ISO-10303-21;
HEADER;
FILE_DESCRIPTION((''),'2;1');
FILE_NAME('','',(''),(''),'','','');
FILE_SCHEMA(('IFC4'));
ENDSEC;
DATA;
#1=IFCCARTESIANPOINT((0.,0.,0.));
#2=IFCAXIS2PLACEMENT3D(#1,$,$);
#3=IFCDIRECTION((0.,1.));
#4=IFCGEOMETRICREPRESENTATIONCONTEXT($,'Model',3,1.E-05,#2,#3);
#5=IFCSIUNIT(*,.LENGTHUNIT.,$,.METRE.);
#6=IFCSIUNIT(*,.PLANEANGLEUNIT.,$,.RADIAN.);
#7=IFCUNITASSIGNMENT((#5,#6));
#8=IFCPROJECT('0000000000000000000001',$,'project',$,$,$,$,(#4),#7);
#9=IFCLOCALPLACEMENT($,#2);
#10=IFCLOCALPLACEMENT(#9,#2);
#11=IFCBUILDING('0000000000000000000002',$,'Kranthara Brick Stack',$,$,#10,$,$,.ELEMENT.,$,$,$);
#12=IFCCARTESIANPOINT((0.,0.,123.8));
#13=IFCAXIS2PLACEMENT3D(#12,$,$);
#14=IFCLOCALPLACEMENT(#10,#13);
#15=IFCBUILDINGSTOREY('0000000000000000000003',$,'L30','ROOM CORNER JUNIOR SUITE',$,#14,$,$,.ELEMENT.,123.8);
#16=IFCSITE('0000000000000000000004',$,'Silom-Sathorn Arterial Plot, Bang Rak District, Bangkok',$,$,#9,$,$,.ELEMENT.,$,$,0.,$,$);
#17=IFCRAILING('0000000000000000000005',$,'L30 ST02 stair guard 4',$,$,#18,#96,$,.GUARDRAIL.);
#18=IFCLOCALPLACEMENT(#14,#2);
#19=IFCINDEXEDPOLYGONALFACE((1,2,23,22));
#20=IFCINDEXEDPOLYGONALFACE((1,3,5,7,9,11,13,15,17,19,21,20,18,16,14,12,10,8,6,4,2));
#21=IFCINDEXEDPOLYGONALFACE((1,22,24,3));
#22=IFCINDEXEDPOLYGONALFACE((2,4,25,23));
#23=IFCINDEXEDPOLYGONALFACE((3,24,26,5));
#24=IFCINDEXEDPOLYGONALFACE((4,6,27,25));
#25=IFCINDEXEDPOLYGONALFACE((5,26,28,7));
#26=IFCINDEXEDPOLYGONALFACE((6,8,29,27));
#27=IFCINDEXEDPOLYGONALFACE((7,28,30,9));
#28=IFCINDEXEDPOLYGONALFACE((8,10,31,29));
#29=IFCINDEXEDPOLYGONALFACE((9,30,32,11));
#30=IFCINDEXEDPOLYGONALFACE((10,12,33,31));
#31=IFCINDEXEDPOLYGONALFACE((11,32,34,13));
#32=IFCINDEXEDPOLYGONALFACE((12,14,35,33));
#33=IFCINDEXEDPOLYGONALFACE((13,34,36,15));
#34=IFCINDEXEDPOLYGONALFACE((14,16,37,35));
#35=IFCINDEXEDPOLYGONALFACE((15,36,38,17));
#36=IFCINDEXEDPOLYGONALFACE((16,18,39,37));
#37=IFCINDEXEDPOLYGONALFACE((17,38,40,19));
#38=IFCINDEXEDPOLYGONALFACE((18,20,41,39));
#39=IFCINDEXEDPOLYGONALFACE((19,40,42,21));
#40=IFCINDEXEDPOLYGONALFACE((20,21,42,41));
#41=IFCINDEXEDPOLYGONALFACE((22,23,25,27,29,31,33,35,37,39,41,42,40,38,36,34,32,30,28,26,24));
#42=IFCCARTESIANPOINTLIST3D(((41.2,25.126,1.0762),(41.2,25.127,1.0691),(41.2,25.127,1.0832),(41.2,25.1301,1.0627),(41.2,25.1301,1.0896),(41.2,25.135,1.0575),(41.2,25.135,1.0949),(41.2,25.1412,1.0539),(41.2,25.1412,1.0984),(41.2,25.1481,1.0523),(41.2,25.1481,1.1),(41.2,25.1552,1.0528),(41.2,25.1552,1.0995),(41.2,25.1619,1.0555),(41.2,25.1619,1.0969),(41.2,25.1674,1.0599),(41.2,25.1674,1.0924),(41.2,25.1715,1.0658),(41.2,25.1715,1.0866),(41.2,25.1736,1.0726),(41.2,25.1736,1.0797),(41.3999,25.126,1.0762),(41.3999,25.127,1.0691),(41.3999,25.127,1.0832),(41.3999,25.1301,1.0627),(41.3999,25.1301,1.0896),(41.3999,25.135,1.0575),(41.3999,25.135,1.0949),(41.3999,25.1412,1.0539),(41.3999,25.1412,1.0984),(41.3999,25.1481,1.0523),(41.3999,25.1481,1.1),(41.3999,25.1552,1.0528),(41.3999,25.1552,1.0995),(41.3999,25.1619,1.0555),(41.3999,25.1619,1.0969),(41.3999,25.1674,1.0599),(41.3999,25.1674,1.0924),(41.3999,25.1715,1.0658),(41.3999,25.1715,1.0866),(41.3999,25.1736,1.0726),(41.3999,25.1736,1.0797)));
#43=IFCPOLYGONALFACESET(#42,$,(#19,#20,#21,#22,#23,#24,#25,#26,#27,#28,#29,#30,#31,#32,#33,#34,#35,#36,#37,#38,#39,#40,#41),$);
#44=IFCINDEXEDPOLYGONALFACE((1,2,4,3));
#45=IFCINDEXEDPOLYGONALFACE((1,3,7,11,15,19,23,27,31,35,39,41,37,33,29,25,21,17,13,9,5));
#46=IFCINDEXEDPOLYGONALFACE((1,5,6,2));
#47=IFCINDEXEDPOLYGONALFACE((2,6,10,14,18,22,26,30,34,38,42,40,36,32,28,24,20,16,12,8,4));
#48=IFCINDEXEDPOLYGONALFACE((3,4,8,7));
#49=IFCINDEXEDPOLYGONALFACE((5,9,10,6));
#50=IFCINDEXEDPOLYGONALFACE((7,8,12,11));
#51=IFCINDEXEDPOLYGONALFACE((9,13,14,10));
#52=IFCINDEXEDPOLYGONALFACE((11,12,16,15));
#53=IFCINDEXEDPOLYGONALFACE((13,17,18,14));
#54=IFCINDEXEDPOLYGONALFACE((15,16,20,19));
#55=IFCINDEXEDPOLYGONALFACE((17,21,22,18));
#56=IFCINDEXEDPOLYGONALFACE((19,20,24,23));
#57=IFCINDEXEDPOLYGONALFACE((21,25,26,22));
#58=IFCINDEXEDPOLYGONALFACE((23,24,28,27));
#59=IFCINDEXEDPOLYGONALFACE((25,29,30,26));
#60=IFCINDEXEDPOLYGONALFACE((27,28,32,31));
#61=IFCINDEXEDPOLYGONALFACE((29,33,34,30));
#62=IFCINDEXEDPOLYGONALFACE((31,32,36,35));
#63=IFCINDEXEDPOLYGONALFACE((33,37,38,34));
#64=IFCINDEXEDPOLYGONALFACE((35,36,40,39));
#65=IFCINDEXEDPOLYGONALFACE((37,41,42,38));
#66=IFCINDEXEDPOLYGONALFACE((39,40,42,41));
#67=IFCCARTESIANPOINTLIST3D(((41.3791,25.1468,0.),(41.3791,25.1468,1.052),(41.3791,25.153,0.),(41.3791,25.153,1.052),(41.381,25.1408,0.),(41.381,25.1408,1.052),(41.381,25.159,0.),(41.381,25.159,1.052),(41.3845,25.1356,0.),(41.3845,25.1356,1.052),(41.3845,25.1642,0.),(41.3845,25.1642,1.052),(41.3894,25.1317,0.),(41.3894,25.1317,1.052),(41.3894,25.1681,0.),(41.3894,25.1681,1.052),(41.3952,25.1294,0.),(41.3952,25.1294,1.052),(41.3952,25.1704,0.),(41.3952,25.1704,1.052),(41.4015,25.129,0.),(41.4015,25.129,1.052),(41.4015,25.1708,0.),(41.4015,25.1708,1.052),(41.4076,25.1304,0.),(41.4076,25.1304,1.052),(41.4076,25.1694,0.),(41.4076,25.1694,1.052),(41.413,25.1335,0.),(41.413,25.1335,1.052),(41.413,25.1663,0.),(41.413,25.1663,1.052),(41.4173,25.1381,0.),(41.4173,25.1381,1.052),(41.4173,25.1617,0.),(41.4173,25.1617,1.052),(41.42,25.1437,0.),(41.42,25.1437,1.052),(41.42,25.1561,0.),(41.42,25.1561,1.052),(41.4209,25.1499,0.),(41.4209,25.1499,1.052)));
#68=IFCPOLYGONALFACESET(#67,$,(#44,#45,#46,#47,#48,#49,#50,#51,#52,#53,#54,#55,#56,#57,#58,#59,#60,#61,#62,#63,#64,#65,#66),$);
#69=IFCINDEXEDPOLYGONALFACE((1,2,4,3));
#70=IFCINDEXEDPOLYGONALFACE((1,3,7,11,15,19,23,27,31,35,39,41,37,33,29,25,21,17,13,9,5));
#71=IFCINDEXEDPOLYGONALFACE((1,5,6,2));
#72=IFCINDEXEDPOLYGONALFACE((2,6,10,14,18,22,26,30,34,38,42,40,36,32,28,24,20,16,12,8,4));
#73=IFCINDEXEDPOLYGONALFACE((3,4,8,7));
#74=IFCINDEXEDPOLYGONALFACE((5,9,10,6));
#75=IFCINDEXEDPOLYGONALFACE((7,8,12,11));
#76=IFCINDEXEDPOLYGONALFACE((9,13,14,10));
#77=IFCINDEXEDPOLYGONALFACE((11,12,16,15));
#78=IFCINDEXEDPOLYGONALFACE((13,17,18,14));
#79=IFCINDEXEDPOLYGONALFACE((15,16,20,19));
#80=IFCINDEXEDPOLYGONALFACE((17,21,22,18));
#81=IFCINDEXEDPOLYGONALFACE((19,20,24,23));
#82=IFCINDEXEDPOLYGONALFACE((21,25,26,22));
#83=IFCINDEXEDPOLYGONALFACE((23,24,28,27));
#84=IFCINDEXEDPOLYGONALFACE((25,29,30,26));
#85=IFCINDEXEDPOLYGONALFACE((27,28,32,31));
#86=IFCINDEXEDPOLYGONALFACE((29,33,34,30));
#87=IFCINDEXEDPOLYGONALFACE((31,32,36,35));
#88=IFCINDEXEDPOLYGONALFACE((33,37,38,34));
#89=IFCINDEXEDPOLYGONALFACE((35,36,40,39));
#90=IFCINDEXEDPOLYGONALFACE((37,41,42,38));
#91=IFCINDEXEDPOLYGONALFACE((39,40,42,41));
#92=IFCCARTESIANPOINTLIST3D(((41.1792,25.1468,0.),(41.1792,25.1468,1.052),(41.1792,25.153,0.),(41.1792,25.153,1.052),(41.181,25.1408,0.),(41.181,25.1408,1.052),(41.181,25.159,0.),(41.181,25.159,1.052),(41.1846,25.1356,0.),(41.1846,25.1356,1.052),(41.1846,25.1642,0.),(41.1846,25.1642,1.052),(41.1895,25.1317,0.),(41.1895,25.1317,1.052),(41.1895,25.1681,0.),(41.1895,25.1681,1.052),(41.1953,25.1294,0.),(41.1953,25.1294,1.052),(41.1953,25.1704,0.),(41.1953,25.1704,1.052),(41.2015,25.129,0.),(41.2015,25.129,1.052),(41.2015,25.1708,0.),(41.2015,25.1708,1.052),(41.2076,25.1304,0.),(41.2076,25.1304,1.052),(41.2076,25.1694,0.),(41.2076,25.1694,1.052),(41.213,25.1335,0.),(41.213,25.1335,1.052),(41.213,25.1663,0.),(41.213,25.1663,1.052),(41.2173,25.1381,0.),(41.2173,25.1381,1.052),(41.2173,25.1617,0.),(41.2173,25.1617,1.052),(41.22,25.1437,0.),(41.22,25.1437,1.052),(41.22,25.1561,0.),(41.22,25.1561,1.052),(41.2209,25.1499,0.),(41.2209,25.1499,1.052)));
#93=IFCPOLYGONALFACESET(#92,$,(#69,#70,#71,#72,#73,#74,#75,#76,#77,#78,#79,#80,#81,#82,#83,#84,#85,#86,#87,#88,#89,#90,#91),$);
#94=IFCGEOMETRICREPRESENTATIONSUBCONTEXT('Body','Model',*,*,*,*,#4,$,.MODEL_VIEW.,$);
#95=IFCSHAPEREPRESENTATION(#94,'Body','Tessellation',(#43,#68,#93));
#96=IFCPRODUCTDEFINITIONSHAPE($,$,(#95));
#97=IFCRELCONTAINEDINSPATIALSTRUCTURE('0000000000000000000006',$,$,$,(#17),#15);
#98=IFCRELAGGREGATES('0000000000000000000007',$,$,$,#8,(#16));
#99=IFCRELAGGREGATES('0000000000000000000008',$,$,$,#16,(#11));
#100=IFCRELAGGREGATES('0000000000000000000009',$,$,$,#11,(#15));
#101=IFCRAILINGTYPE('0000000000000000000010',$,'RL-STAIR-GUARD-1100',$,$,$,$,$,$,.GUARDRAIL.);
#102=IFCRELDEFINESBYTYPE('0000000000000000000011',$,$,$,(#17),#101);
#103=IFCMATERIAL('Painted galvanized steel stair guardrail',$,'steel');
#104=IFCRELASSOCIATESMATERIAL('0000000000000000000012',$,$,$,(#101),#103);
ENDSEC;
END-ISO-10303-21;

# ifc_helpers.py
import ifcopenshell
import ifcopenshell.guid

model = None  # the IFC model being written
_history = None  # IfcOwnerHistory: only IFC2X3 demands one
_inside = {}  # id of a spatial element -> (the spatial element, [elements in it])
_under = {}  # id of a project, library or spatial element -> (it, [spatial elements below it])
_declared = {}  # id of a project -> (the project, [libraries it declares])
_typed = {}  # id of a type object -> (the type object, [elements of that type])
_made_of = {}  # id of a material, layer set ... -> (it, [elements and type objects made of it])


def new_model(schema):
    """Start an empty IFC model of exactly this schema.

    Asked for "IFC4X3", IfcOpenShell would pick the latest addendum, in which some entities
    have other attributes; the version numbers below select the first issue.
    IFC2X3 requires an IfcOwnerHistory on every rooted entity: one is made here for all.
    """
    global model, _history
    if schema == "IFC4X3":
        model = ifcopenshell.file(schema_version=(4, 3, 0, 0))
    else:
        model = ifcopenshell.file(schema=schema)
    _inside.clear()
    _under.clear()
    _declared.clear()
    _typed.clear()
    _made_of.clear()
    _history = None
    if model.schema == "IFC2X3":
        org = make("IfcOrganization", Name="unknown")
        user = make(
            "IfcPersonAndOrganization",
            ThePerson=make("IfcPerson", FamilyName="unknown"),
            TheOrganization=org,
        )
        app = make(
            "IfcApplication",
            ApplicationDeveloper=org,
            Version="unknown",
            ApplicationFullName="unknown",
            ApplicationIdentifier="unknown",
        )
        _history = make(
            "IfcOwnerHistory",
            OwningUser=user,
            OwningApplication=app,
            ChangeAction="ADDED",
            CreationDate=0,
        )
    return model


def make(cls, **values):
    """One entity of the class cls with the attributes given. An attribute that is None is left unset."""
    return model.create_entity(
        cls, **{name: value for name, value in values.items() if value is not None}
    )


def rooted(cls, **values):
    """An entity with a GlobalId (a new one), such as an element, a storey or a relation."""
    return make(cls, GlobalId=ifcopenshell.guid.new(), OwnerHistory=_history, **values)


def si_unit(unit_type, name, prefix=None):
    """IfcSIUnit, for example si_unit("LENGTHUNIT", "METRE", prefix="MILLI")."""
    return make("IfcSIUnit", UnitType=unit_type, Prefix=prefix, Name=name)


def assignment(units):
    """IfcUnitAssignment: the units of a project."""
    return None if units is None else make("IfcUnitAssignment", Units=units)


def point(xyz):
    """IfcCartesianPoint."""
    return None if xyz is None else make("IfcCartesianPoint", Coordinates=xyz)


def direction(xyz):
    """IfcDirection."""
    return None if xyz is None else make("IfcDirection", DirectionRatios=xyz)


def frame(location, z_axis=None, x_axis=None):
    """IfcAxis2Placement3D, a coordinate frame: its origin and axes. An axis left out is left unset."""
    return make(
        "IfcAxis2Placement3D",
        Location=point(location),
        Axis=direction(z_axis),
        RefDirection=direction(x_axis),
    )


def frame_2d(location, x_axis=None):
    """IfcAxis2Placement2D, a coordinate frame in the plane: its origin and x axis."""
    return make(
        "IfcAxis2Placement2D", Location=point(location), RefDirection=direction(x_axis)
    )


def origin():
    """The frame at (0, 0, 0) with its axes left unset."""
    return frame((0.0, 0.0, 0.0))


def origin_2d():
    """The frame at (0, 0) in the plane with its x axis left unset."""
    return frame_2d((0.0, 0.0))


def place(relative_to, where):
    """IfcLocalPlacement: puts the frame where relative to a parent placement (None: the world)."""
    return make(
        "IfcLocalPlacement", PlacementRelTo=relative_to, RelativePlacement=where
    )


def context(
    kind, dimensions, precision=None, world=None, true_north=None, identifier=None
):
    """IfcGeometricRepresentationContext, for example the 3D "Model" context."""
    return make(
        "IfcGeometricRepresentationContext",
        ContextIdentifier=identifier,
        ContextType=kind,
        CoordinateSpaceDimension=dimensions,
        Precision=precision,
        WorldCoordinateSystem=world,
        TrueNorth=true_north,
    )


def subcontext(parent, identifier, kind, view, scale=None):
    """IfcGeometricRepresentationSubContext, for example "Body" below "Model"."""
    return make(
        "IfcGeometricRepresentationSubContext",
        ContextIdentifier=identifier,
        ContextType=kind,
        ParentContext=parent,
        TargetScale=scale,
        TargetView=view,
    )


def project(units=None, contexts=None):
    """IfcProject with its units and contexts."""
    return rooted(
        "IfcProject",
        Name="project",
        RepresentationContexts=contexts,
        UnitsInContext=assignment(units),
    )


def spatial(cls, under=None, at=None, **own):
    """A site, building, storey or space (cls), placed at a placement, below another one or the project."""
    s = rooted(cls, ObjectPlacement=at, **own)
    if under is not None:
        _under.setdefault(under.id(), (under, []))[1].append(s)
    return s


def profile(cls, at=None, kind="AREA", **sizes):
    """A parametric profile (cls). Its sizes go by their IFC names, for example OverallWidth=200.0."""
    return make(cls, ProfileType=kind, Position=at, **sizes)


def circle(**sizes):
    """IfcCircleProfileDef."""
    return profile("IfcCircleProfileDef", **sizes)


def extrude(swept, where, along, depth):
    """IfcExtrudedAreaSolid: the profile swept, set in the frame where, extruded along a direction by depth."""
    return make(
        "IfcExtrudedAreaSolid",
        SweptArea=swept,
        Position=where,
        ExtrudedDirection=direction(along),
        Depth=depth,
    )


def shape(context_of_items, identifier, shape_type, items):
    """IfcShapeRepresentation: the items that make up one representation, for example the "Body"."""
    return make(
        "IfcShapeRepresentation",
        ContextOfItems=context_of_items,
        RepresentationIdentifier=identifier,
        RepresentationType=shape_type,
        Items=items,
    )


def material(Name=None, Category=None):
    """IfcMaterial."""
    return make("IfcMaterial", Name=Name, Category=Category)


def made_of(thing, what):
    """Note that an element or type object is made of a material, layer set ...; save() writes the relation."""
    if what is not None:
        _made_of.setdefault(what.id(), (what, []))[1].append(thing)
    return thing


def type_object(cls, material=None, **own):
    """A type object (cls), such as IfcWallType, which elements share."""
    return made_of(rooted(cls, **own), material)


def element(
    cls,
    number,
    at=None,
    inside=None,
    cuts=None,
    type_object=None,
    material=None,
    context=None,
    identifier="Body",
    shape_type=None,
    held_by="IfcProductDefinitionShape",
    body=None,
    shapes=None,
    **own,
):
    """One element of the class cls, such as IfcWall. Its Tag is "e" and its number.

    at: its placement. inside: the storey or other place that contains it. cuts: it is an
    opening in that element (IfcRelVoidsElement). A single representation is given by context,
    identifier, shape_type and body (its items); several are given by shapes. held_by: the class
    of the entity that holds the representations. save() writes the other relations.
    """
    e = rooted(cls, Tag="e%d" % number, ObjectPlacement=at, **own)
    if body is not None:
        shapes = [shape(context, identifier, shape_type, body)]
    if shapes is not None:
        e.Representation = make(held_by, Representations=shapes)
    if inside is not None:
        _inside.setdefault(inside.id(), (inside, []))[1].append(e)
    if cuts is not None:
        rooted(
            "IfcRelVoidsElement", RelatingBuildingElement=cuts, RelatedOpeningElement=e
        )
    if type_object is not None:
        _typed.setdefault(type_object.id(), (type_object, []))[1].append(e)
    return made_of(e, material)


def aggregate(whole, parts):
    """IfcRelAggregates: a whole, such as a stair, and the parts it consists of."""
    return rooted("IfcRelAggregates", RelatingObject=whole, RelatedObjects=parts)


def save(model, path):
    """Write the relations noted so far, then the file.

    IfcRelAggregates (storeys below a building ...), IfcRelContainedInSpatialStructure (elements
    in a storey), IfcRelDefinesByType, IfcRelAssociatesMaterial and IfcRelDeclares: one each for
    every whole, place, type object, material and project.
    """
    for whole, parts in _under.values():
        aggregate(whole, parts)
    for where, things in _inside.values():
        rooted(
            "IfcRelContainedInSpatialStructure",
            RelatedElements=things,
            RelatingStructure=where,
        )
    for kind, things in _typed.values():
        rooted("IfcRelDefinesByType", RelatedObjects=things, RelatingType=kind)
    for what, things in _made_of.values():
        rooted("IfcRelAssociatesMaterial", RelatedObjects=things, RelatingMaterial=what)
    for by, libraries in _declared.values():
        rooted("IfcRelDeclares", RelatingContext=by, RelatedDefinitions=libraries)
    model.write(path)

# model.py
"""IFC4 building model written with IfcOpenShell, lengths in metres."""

from ifc_helpers import new_model, si_unit, direction, frame, origin, origin_2d, place, context, subcontext, project, spatial, circle, extrude, material, type_object, element, save


model = new_model("IFC4")

# Units and contexts
model_context = context("Model", 3, precision=1e-05, world=origin(), true_north=direction((0.0, 1.0)))
body_context = subcontext(model_context, "Body", "Model", "MODEL_VIEW")
ifc_project = project(units=[si_unit("LENGTHUNIT", "METRE"), si_unit("PLANEANGLEUNIT", "RADIAN")], contexts=[model_context])

# Site, building, storey
site_placement = place(None, origin())
site = spatial("IfcSite", under=ifc_project, at=site_placement, Name="Silom-Sathorn Arterial Plot, Bang Rak District, Bangkok", CompositionType="ELEMENT", RefElevation=0.0)
building_placement = place(site_placement, origin())
building = spatial("IfcBuilding", under=site, at=building_placement, Name="Kranthara Brick Stack", CompositionType="ELEMENT")
storey_placement = place(building_placement, frame((0.0, 0.0, 123.8)))
storey = spatial("IfcBuildingStorey", under=building, at=storey_placement, Name="L30", Description="ROOM CORNER JUNIOR SUITE", CompositionType="ELEMENT", Elevation=123.8)

# Railing
ifc_material_1 = material(Name="Painted galvanized steel stair guardrail", Category="steel")
railing_type_1 = type_object("IfcRailingType", Name="RL-STAIR-GUARD-1100", PredefinedType="GUARDRAIL", material=ifc_material_1)
railing_1_placement = place(storey_placement, frame((41.3999, 25.1499, 0.0)))
element("IfcRailing", 1, at=railing_1_placement, inside=storey, type_object=railing_type_1, Name="L30 ST02 stair guard 4", PredefinedType="GUARDRAIL", context=body_context, shape_type="SweptSolid", body=[
    extrude(circle(Radius=0.0239, at=origin_2d()), frame((0.0, 0.0, 1.0762), z_axis=(-1.0, 0.0, 0.0), x_axis=(0.0, -1.0, 0.0)), (0.0, 0.0, 1.0), 0.2),
    extrude(circle(Radius=0.021, at=origin_2d()), origin(), (0.0, 0.0, 1.0), 1.052),
    extrude(circle(Radius=0.021, at=origin_2d()), frame((-0.2, 0.0, 0.0)), (0.0, 0.0, 1.0), 1.052),
])

save(model, "model.ifc")
